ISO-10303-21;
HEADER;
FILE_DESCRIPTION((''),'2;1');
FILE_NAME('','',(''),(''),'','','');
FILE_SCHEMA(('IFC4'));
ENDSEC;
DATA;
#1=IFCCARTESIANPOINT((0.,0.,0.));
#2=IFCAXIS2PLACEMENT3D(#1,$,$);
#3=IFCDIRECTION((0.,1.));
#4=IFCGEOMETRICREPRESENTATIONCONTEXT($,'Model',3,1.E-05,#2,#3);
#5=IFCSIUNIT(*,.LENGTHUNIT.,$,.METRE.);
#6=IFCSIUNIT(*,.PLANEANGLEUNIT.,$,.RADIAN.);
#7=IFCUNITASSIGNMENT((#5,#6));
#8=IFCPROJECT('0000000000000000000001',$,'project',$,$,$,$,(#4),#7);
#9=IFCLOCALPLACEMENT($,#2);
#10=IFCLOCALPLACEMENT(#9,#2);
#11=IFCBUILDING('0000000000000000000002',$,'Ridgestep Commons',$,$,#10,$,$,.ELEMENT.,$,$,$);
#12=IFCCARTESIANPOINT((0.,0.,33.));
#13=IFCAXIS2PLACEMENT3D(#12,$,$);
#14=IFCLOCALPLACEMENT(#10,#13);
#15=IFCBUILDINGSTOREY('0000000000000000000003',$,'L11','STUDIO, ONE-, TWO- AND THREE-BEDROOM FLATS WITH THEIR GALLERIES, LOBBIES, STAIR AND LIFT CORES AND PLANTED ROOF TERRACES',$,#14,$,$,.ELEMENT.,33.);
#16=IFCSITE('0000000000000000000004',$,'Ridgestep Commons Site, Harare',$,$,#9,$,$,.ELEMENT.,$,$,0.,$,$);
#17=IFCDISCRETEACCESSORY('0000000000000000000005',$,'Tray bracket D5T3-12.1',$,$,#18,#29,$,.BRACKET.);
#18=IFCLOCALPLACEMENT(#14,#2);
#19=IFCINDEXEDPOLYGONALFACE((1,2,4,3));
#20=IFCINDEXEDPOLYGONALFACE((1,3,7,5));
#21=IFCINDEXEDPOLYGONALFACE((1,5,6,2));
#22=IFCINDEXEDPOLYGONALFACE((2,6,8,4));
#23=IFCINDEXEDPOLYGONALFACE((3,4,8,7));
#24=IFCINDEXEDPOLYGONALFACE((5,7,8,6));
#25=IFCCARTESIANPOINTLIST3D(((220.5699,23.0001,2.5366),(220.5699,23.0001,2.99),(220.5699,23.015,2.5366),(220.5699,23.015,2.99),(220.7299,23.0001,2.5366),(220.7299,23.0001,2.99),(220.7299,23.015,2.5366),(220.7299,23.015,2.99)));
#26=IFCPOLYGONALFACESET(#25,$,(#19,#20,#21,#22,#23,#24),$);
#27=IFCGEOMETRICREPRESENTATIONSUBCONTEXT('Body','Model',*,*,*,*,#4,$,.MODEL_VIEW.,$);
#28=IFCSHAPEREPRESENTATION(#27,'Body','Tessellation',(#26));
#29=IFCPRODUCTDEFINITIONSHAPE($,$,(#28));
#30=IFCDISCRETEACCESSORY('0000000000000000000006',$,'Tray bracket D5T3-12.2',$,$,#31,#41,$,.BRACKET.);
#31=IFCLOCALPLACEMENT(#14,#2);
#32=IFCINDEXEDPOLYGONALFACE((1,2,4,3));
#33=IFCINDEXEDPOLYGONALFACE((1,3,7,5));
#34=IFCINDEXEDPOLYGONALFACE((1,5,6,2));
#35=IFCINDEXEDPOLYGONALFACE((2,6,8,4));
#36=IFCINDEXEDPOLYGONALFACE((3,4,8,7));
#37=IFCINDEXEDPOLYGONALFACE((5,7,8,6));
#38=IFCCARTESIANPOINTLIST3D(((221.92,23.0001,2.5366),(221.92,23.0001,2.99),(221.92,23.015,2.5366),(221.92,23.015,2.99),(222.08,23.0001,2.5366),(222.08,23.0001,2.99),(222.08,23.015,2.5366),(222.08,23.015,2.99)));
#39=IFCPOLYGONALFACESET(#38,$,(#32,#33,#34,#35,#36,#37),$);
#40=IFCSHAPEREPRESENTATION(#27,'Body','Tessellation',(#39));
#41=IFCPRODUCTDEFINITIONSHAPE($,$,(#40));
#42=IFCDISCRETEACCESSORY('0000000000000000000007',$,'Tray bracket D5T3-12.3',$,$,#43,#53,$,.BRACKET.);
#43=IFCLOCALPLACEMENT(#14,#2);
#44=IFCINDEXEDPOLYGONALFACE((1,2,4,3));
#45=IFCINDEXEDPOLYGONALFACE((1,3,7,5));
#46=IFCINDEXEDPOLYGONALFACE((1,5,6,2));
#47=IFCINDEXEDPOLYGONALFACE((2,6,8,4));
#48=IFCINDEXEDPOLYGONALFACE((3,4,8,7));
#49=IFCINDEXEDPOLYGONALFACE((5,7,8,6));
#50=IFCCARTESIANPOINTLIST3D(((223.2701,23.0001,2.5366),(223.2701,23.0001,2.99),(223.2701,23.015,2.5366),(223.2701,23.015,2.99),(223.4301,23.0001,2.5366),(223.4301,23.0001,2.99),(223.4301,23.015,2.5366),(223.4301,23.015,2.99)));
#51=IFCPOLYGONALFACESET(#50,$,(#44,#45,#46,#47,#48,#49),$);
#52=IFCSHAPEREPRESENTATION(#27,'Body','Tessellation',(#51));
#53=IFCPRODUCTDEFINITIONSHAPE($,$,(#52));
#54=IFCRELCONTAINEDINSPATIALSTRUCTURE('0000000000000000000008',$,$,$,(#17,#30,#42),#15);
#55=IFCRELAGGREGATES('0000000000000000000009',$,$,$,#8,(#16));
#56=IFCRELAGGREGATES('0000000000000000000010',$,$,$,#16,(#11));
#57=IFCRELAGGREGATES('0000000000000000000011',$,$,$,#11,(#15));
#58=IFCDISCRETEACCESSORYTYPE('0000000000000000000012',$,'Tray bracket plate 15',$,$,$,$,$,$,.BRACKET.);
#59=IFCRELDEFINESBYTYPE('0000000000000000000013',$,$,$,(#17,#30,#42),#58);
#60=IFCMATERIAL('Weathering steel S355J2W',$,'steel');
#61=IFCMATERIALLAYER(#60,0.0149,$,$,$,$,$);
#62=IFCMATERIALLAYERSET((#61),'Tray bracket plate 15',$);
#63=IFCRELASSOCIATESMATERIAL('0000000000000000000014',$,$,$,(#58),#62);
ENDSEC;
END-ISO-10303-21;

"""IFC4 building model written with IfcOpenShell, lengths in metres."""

from ifc_helpers import new_model, si_unit, direction, frame, origin, origin_2d, place, context, subcontext, project, spatial, rectangle, extrude, material, layer, layer_set, type_object, element, save


model = new_model("IFC4")

# Units and contexts
model_context = context("Model", 3, precision=1e-05, world=origin(), true_north=direction((0.0, 1.0)))
body_context = subcontext(model_context, "Body", "Model", "MODEL_VIEW")
ifc_project = project(units=[si_unit("LENGTHUNIT", "METRE"), si_unit("PLANEANGLEUNIT", "RADIAN")], contexts=[model_context])

# Site, building, storey
site_placement = place(None, origin())
site = spatial("IfcSite", under=ifc_project, at=site_placement, Name="Ridgestep Commons Site, Harare", CompositionType="ELEMENT", RefElevation=0.0)
building_placement = place(site_placement, origin())
building = spatial("IfcBuilding", under=site, at=building_placement, Name="Ridgestep Commons", CompositionType="ELEMENT")
storey_placement = place(building_placement, frame((0.0, 0.0, 33.0)))
storey = spatial("IfcBuildingStorey", under=building, at=storey_placement, Name="L11", Description="STUDIO, ONE-, TWO- AND THREE-BEDROOM FLATS WITH THEIR GALLERIES, LOBBIES, STAIR AND LIFT CORES AND PLANTED ROOF TERRACES", CompositionType="ELEMENT", Elevation=33.0)

# Discrete accessories
ifc_material_1 = material(Name="Weathering steel S355J2W", Category="steel")
ifc_layer_1 = layer(ifc_material_1, 0.0149)
ifc_layer_set_1 = layer_set([ifc_layer_1], Name="Tray bracket plate 15")
discrete_accessory_type = type_object("IfcDiscreteAccessoryType", Name="Tray bracket plate 15", PredefinedType="BRACKET", material=ifc_layer_set_1)
for number, where, z_axis, x_axis, name in (
    (1, (220.6499, 23.0076, 2.5366), (0.0, 0.0, 1.0), (1.0, 0.0, 0.0), "Tray bracket D5T3-12.1"),
    (2, (222.0, 23.0076, 2.5366), (0.0, 0.0, 1.0), (1.0, 0.0, 0.0), "Tray bracket D5T3-12.2"),
    (3, (223.3501, 23.0076, 2.5366), (0.0, 0.0, 1.0), (1.0, 0.0, 0.0), "Tray bracket D5T3-12.3"),
):
    element("IfcDiscreteAccessory", number, at=place(storey_placement, frame(where, z_axis=z_axis, x_axis=x_axis)), inside=storey, type_object=discrete_accessory_type, Name=name, PredefinedType="BRACKET", context=body_context, shape_type="SweptSolid", body=[
        extrude(rectangle(XDim=0.1599, YDim=0.0149, at=origin_2d()), origin(), (0.0, 0.0, 1.0), 0.4534),
    ])

save(model, "model.ifc")
